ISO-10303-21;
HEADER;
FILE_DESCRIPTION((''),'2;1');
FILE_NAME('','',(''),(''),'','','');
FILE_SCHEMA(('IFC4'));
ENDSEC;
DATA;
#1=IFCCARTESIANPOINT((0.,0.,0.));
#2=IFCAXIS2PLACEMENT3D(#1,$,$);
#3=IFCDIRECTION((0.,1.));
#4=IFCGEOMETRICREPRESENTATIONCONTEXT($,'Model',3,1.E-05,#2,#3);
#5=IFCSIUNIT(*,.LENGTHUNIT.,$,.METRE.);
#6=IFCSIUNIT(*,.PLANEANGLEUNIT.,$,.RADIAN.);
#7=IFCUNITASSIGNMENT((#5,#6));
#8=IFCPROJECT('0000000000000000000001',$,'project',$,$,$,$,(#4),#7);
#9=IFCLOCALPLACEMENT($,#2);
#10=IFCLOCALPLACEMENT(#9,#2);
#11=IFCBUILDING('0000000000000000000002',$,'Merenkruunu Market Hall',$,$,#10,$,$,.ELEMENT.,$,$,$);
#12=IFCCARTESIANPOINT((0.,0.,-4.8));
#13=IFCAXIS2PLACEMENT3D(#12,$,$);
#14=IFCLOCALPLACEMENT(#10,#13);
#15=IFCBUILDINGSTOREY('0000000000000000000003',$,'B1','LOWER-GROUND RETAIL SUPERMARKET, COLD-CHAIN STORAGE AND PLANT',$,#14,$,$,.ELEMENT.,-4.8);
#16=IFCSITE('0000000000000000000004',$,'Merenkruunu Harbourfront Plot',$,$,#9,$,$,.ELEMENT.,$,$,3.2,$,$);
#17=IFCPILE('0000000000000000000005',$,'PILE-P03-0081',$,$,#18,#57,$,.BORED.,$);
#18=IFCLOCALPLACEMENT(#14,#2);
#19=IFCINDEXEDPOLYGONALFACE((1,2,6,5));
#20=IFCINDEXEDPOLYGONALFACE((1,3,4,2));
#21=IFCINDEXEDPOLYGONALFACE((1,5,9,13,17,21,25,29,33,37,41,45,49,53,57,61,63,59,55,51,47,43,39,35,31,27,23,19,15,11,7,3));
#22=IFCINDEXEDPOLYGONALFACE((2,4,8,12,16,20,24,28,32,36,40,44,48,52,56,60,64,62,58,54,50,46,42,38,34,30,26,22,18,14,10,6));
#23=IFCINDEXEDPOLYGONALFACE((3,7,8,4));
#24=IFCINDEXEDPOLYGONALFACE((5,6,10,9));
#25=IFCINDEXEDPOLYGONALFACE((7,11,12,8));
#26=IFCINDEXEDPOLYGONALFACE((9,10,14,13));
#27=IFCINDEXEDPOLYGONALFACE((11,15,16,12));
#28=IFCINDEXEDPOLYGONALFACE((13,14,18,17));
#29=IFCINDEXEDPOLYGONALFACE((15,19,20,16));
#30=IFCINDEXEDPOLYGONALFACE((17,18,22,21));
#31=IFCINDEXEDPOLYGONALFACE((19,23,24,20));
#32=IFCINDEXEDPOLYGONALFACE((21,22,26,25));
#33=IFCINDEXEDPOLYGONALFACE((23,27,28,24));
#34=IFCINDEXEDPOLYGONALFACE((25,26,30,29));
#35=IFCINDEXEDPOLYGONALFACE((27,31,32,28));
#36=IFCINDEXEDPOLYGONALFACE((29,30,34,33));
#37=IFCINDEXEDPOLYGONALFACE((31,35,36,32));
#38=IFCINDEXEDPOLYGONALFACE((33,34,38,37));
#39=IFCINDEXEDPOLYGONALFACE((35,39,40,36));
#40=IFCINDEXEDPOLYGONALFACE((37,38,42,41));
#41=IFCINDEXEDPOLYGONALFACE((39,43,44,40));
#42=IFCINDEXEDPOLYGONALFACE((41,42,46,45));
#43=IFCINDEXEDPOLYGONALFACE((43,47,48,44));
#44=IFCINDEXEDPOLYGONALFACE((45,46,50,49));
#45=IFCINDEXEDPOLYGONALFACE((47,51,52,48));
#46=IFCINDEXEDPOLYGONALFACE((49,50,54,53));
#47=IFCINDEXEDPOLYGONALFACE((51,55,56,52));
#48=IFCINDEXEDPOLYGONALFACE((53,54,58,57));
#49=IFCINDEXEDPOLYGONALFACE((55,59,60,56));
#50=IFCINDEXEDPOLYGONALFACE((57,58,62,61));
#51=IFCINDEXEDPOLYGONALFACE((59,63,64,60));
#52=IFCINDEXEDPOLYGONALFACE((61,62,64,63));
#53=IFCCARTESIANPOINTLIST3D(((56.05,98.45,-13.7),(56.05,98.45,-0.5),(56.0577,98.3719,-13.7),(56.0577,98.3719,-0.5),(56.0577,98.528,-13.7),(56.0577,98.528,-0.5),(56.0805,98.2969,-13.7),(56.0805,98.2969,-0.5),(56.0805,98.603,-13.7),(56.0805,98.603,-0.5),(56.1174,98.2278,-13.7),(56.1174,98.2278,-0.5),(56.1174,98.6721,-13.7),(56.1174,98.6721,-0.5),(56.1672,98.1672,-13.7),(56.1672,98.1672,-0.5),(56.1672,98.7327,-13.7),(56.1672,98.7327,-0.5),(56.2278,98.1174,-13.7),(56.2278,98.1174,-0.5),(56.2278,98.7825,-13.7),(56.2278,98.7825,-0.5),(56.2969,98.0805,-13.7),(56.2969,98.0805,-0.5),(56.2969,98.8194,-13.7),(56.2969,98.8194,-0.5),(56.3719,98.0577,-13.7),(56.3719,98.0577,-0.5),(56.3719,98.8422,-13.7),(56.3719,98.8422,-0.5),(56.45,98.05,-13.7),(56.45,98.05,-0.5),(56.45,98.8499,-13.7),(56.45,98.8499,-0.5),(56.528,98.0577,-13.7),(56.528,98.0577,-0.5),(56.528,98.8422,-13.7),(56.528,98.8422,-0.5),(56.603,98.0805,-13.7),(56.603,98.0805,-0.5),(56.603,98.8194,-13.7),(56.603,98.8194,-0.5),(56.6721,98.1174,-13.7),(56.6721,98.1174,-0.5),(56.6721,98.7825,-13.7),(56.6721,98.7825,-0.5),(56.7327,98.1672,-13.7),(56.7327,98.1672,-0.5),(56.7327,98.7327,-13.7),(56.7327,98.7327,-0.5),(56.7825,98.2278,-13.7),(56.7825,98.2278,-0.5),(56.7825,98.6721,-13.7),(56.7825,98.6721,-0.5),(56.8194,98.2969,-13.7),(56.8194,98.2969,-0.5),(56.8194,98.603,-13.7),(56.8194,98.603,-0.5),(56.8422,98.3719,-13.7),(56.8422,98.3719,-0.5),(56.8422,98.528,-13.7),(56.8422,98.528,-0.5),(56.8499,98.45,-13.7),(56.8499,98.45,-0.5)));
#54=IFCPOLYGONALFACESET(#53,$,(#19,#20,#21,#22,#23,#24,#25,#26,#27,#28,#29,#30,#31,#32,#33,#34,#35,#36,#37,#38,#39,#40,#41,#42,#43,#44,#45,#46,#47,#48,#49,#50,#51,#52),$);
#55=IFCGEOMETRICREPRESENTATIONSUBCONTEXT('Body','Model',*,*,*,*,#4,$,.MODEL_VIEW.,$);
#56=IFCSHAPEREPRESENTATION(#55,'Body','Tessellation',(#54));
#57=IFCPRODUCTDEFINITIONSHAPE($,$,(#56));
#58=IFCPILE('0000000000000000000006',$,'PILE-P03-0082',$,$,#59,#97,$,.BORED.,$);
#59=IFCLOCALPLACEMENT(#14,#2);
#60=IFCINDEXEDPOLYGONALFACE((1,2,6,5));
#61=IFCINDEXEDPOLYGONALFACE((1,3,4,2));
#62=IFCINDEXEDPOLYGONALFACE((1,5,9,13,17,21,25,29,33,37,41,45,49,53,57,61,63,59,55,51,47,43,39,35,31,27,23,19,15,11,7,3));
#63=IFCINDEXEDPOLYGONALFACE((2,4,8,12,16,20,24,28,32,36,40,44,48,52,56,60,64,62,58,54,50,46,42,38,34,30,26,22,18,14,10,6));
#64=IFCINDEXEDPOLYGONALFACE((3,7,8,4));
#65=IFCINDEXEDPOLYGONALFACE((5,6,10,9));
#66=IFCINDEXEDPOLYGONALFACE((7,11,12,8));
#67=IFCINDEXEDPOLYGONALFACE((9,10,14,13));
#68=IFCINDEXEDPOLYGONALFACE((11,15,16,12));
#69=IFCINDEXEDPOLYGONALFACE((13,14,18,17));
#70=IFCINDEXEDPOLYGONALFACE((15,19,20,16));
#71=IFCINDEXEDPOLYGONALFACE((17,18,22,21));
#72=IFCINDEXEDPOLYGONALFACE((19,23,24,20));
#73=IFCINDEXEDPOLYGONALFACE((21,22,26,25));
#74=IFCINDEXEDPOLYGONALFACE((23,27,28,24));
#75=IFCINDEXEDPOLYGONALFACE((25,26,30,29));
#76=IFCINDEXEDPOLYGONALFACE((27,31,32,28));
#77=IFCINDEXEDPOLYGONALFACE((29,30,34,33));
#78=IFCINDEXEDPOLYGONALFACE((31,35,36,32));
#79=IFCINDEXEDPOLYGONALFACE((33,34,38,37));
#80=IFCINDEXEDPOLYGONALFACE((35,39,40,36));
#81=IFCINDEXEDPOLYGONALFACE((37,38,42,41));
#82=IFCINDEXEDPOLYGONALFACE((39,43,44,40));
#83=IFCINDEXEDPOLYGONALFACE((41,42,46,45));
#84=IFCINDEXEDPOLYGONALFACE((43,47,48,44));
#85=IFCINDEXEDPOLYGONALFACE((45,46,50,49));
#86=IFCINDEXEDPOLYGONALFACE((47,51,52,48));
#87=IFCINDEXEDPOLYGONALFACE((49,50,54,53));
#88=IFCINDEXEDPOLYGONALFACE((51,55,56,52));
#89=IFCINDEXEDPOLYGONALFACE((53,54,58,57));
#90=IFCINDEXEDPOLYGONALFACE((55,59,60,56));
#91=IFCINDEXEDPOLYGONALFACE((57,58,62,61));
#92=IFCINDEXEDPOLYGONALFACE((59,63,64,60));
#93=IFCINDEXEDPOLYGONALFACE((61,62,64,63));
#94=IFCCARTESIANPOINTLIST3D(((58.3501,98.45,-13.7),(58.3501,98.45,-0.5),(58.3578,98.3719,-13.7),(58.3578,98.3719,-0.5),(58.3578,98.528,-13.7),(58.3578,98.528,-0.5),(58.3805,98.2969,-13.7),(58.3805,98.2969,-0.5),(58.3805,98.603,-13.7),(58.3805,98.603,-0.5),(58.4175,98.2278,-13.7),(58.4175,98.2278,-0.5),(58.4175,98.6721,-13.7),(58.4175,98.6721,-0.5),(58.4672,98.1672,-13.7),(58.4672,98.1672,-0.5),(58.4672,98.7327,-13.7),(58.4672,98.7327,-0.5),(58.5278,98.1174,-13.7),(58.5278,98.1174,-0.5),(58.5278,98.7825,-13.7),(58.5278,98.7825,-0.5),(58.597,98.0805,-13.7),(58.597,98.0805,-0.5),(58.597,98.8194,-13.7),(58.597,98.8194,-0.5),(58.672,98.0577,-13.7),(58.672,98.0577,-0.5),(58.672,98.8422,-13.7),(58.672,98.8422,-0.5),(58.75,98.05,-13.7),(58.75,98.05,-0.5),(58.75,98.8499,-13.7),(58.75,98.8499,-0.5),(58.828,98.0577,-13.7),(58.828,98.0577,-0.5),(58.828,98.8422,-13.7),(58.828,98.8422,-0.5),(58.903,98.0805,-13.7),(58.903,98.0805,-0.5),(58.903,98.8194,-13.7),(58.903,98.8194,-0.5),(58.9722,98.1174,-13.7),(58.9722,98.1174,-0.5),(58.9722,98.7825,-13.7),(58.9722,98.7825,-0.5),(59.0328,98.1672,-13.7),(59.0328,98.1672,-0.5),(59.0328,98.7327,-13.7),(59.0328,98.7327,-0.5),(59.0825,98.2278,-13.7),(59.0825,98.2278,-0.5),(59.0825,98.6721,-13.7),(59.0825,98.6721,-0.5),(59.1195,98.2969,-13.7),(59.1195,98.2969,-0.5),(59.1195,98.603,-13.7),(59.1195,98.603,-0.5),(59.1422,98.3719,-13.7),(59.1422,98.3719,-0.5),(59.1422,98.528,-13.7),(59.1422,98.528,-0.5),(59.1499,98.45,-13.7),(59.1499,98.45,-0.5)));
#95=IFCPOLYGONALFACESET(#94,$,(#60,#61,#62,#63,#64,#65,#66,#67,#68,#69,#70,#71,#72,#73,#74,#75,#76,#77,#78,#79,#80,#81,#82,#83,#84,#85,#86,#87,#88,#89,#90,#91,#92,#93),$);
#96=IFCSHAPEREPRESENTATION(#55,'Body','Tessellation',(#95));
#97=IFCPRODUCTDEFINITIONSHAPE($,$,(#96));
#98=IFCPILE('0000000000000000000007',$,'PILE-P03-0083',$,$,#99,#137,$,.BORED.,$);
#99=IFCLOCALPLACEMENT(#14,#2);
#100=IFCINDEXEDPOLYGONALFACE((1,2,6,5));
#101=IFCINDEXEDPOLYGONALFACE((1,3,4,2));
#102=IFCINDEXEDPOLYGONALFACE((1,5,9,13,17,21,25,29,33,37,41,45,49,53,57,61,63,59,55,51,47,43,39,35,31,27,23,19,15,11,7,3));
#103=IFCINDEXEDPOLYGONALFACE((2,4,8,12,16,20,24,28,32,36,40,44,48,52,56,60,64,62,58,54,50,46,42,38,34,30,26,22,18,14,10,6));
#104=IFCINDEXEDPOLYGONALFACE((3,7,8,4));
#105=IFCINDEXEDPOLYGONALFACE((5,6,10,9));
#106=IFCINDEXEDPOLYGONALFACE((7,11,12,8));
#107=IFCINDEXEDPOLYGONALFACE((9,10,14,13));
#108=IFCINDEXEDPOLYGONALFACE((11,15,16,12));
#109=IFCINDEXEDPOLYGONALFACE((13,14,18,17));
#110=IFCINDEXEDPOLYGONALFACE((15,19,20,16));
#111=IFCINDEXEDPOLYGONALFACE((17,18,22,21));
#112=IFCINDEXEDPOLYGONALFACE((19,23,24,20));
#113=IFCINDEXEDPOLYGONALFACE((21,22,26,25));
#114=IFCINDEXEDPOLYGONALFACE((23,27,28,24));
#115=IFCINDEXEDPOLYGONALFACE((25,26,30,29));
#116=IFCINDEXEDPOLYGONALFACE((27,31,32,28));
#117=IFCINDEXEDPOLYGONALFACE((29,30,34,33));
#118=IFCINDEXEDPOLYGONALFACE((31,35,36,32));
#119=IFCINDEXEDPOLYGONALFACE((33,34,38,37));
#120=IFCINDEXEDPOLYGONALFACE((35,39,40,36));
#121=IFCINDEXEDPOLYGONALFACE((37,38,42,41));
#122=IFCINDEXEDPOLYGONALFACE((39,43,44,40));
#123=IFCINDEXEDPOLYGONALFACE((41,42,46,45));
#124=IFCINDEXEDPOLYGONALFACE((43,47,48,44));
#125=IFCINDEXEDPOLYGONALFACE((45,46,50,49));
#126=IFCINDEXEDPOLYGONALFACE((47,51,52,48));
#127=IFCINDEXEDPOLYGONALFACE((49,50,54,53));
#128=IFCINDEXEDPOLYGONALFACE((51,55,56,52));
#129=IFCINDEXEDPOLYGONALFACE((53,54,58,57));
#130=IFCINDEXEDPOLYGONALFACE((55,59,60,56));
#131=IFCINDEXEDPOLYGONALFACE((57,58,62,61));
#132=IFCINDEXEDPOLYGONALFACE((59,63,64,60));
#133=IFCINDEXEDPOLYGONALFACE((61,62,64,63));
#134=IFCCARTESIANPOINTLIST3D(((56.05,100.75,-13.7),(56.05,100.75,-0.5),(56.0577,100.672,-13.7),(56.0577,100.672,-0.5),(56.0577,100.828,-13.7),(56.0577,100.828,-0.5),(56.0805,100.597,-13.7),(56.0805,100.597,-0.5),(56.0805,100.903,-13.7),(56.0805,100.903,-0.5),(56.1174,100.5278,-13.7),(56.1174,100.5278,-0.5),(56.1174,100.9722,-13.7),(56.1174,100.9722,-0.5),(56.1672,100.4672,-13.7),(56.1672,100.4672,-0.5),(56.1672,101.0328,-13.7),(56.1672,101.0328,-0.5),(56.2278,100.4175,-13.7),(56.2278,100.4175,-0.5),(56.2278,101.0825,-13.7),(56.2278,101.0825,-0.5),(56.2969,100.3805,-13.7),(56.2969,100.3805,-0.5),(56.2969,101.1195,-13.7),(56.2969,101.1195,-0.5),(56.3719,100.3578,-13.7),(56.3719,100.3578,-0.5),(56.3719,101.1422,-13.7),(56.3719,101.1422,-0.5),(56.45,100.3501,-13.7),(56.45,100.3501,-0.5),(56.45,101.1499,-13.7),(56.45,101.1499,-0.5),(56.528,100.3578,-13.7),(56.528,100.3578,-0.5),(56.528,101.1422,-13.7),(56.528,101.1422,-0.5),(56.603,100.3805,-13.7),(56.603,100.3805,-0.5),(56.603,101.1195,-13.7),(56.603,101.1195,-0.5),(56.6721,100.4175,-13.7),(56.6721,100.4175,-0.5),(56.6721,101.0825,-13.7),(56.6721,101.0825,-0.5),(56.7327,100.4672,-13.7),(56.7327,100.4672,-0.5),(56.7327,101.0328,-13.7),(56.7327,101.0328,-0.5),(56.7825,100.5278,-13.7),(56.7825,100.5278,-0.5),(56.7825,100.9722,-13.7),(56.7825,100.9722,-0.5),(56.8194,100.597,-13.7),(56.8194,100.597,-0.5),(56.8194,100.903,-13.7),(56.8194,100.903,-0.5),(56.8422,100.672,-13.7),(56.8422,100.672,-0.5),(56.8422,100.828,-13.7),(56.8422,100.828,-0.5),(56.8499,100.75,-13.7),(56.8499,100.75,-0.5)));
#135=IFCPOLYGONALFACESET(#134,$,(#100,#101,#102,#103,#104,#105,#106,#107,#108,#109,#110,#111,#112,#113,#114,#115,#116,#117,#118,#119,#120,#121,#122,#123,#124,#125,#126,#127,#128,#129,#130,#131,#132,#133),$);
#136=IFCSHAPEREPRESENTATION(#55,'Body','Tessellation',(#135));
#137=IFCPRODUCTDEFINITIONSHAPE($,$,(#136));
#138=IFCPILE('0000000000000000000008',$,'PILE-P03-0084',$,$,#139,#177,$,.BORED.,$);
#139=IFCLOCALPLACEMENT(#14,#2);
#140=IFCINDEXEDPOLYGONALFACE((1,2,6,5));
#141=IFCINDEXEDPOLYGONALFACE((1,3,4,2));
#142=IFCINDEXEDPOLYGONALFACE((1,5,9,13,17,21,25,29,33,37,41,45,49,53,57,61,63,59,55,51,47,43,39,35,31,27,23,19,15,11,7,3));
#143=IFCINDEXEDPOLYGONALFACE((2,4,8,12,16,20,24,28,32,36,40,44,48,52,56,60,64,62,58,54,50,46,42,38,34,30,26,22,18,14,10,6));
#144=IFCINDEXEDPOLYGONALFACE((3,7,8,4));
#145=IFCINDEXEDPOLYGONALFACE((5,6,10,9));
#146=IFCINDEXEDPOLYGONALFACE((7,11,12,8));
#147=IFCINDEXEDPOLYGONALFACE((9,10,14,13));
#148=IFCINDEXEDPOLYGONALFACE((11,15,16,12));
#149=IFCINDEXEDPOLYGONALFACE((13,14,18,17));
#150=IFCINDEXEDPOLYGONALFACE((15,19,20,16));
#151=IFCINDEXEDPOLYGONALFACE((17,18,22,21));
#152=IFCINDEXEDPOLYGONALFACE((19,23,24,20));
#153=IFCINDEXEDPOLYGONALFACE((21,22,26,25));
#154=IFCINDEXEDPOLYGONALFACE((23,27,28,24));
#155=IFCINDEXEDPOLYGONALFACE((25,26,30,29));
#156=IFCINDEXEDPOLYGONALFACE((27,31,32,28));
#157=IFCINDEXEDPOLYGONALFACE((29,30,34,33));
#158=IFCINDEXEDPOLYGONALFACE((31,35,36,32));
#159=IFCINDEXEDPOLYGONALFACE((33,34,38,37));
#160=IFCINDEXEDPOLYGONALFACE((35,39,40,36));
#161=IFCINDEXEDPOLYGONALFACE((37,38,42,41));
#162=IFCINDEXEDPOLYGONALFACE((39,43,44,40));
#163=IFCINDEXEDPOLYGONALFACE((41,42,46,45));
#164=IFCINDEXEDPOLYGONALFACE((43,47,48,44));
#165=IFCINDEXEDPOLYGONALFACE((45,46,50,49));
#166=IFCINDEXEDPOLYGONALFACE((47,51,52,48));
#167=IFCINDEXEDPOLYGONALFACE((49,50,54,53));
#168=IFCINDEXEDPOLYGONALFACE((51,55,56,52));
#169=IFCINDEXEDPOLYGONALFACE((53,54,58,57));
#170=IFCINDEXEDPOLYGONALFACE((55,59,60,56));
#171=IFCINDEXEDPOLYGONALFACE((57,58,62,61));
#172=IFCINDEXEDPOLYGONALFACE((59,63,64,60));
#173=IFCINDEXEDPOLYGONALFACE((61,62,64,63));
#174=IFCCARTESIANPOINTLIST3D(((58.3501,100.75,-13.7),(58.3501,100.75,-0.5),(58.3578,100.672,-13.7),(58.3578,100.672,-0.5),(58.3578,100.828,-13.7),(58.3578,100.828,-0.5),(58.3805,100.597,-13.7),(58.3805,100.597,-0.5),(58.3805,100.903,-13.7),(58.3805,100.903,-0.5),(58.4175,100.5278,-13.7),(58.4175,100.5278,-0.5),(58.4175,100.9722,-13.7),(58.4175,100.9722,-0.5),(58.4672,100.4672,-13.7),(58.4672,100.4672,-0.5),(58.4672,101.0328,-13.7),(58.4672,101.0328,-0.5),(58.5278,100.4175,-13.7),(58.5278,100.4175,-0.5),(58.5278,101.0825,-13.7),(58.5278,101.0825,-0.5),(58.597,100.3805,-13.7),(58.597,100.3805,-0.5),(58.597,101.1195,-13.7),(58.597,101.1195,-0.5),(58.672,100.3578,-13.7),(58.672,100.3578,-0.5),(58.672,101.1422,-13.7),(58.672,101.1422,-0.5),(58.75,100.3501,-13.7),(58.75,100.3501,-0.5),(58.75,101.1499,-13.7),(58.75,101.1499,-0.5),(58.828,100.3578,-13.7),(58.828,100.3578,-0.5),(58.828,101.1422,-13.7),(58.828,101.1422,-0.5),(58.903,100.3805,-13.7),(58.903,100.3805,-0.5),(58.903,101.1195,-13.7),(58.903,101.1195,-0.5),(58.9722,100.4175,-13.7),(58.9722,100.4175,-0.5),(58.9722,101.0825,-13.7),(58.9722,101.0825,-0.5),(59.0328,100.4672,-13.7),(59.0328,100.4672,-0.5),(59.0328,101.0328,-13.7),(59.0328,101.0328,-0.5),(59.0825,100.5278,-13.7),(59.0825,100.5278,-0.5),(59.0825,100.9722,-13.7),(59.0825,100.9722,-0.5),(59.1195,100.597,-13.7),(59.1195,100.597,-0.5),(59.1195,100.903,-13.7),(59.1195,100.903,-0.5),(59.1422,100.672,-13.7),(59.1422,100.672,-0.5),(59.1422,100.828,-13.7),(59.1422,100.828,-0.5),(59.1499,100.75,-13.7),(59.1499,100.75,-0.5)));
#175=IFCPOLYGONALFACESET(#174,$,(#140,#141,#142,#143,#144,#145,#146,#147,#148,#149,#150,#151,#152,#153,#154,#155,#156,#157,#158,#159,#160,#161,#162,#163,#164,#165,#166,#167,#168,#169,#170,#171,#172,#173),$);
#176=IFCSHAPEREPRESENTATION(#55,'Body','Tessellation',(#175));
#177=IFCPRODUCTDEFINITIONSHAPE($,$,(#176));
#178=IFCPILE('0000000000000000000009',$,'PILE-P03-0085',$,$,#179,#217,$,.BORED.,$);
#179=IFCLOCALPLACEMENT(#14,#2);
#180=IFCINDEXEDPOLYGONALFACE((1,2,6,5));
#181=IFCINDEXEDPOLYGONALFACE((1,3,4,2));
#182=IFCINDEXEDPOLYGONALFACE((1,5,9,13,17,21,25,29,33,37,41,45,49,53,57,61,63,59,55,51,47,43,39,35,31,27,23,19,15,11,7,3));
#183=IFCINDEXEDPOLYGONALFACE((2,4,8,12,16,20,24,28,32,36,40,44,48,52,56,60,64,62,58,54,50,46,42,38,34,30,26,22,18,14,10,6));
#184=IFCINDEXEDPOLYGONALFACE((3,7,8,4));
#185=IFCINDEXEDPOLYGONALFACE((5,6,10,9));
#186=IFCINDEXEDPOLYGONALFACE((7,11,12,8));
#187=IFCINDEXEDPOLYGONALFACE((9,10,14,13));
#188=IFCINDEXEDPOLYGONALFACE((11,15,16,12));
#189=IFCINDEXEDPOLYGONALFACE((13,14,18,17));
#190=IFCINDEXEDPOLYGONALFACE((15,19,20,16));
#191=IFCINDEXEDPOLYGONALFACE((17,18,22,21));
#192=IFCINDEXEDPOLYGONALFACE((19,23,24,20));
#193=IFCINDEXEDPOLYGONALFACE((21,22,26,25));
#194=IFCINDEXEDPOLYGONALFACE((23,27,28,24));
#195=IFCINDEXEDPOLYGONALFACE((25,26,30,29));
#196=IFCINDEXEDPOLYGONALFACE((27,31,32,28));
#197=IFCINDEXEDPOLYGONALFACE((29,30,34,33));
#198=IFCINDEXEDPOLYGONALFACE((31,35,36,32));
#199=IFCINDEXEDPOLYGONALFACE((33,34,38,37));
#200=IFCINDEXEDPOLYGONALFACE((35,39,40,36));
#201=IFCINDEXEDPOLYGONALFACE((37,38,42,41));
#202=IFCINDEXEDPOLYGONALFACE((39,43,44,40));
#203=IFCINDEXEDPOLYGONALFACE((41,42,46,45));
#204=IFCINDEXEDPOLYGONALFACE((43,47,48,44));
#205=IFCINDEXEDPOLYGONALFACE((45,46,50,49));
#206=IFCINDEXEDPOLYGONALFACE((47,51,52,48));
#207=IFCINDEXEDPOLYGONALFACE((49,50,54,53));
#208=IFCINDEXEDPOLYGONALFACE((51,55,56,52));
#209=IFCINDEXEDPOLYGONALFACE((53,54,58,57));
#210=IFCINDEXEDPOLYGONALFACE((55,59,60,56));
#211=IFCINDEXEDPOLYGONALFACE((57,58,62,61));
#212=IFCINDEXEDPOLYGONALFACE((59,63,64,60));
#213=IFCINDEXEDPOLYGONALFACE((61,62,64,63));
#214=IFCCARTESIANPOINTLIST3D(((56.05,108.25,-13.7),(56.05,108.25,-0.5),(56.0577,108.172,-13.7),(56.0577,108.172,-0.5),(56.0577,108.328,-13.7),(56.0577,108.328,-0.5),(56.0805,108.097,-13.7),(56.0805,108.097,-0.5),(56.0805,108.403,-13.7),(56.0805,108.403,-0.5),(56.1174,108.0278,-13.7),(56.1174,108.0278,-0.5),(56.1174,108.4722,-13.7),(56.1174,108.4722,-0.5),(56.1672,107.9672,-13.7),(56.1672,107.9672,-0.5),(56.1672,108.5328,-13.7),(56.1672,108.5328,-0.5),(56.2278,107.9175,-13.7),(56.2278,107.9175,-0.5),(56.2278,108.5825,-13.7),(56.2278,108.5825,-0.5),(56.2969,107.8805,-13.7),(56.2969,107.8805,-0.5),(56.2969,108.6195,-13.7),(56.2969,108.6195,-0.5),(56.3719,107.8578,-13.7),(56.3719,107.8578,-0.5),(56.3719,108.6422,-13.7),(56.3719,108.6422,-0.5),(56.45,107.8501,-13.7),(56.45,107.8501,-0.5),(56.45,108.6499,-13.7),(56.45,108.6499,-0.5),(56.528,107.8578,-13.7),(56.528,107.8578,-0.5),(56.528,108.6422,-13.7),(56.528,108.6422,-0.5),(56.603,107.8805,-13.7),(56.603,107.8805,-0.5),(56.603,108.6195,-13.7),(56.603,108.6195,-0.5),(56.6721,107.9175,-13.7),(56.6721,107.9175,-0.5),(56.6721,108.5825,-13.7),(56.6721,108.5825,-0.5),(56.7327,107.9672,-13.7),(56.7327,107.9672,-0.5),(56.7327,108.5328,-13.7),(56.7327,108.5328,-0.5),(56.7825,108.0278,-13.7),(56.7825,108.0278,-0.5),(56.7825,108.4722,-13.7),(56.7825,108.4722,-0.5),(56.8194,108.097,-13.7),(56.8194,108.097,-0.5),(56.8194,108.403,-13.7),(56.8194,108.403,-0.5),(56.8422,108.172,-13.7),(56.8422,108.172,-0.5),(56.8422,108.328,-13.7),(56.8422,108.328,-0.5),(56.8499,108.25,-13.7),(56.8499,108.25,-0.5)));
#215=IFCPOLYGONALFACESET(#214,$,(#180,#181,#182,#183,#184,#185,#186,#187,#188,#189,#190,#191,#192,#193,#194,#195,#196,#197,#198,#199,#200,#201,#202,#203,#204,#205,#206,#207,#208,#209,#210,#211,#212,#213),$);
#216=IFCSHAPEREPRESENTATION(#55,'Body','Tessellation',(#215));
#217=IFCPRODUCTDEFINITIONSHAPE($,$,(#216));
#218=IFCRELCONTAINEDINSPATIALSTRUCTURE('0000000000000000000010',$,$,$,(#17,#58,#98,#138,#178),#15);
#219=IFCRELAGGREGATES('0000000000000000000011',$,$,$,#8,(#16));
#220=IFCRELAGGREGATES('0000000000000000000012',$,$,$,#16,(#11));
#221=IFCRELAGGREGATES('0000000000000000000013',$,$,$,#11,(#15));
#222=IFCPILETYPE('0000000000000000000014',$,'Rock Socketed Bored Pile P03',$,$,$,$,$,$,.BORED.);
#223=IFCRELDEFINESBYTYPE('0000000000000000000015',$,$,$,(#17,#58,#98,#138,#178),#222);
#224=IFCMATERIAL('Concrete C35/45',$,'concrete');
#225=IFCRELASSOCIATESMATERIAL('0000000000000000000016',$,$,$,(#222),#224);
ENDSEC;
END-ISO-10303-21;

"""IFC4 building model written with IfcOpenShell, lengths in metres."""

from ifc_helpers import new_model, si_unit, direction, frame, origin, origin_2d, place, context, subcontext, project, spatial, circle, extrude, material, material_profile, profile_set, type_object, element, save


model = new_model("IFC4")

# Units and contexts
model_context = context("Model", 3, precision=1e-05, world=origin(), true_north=direction((0.0, 1.0)))
body_context = subcontext(model_context, "Body", "Model", "MODEL_VIEW")
ifc_project = project(units=[si_unit("LENGTHUNIT", "METRE"), si_unit("PLANEANGLEUNIT", "RADIAN")], contexts=[model_context])

# Site, building, storey
site_placement = place(None, origin())
site = spatial("IfcSite", under=ifc_project, at=site_placement, Name="Merenkruunu Harbourfront Plot", CompositionType="ELEMENT", RefElevation=3.2)
building_placement = place(site_placement, origin())
building = spatial("IfcBuilding", under=site, at=building_placement, Name="Merenkruunu Market Hall", CompositionType="ELEMENT")
storey_placement = place(building_placement, frame((0.0, 0.0, -4.8)))
storey = spatial("IfcBuildingStorey", under=building, at=storey_placement, Name="B1", Description="LOWER-GROUND RETAIL SUPERMARKET, COLD-CHAIN STORAGE AND PLANT", CompositionType="ELEMENT", Elevation=-4.8)

# Piles
ifc_material_1 = material(Name="Concrete C35/45", Category="concrete")
ifc_material_profile_1 = material_profile(ifc_material_1, circle(Radius=0.3999, at=origin_2d()), Name="BORED PILE 800")
ifc_profile_set_1 = profile_set([ifc_material_profile_1], Name="Concrete C35/45")
pile_type_1 = type_object("IfcPileType", Name="Rock Socketed Bored Pile P03", PredefinedType="BORED", material=ifc_profile_set_1)
for number, where, z_axis, x_axis, name in (
    (1, (56.45, 98.45, -0.5), (0.0, 0.0, -1.0), (1.0, 0.0, 0.0), "PILE-P03-0081"),
    (2, (58.75, 98.45, -0.5), (0.0, 0.0, -1.0), (1.0, 0.0, 0.0), "PILE-P03-0082"),
    (3, (56.45, 100.75, -0.5), (0.0, 0.0, -1.0), (1.0, 0.0, 0.0), "PILE-P03-0083"),
    (4, (58.75, 100.75, -0.5), (0.0, 0.0, -1.0), (1.0, 0.0, 0.0), "PILE-P03-0084"),
    (5, (56.45, 108.25, -0.5), (0.0, 0.0, -1.0), (1.0, 0.0, 0.0), "PILE-P03-0085"),
):
    element("IfcPile", number, at=place(storey_placement, frame(where, z_axis=z_axis, x_axis=x_axis)), inside=storey, type_object=pile_type_1, Name=name, PredefinedType="BORED", context=body_context, shape_type="SweptSolid", body=[
        extrude(circle(Radius=0.3999, at=origin_2d()), origin(), (0.0, 0.0, 1.0), 13.2),
    ])

save(model, "model.ifc")
